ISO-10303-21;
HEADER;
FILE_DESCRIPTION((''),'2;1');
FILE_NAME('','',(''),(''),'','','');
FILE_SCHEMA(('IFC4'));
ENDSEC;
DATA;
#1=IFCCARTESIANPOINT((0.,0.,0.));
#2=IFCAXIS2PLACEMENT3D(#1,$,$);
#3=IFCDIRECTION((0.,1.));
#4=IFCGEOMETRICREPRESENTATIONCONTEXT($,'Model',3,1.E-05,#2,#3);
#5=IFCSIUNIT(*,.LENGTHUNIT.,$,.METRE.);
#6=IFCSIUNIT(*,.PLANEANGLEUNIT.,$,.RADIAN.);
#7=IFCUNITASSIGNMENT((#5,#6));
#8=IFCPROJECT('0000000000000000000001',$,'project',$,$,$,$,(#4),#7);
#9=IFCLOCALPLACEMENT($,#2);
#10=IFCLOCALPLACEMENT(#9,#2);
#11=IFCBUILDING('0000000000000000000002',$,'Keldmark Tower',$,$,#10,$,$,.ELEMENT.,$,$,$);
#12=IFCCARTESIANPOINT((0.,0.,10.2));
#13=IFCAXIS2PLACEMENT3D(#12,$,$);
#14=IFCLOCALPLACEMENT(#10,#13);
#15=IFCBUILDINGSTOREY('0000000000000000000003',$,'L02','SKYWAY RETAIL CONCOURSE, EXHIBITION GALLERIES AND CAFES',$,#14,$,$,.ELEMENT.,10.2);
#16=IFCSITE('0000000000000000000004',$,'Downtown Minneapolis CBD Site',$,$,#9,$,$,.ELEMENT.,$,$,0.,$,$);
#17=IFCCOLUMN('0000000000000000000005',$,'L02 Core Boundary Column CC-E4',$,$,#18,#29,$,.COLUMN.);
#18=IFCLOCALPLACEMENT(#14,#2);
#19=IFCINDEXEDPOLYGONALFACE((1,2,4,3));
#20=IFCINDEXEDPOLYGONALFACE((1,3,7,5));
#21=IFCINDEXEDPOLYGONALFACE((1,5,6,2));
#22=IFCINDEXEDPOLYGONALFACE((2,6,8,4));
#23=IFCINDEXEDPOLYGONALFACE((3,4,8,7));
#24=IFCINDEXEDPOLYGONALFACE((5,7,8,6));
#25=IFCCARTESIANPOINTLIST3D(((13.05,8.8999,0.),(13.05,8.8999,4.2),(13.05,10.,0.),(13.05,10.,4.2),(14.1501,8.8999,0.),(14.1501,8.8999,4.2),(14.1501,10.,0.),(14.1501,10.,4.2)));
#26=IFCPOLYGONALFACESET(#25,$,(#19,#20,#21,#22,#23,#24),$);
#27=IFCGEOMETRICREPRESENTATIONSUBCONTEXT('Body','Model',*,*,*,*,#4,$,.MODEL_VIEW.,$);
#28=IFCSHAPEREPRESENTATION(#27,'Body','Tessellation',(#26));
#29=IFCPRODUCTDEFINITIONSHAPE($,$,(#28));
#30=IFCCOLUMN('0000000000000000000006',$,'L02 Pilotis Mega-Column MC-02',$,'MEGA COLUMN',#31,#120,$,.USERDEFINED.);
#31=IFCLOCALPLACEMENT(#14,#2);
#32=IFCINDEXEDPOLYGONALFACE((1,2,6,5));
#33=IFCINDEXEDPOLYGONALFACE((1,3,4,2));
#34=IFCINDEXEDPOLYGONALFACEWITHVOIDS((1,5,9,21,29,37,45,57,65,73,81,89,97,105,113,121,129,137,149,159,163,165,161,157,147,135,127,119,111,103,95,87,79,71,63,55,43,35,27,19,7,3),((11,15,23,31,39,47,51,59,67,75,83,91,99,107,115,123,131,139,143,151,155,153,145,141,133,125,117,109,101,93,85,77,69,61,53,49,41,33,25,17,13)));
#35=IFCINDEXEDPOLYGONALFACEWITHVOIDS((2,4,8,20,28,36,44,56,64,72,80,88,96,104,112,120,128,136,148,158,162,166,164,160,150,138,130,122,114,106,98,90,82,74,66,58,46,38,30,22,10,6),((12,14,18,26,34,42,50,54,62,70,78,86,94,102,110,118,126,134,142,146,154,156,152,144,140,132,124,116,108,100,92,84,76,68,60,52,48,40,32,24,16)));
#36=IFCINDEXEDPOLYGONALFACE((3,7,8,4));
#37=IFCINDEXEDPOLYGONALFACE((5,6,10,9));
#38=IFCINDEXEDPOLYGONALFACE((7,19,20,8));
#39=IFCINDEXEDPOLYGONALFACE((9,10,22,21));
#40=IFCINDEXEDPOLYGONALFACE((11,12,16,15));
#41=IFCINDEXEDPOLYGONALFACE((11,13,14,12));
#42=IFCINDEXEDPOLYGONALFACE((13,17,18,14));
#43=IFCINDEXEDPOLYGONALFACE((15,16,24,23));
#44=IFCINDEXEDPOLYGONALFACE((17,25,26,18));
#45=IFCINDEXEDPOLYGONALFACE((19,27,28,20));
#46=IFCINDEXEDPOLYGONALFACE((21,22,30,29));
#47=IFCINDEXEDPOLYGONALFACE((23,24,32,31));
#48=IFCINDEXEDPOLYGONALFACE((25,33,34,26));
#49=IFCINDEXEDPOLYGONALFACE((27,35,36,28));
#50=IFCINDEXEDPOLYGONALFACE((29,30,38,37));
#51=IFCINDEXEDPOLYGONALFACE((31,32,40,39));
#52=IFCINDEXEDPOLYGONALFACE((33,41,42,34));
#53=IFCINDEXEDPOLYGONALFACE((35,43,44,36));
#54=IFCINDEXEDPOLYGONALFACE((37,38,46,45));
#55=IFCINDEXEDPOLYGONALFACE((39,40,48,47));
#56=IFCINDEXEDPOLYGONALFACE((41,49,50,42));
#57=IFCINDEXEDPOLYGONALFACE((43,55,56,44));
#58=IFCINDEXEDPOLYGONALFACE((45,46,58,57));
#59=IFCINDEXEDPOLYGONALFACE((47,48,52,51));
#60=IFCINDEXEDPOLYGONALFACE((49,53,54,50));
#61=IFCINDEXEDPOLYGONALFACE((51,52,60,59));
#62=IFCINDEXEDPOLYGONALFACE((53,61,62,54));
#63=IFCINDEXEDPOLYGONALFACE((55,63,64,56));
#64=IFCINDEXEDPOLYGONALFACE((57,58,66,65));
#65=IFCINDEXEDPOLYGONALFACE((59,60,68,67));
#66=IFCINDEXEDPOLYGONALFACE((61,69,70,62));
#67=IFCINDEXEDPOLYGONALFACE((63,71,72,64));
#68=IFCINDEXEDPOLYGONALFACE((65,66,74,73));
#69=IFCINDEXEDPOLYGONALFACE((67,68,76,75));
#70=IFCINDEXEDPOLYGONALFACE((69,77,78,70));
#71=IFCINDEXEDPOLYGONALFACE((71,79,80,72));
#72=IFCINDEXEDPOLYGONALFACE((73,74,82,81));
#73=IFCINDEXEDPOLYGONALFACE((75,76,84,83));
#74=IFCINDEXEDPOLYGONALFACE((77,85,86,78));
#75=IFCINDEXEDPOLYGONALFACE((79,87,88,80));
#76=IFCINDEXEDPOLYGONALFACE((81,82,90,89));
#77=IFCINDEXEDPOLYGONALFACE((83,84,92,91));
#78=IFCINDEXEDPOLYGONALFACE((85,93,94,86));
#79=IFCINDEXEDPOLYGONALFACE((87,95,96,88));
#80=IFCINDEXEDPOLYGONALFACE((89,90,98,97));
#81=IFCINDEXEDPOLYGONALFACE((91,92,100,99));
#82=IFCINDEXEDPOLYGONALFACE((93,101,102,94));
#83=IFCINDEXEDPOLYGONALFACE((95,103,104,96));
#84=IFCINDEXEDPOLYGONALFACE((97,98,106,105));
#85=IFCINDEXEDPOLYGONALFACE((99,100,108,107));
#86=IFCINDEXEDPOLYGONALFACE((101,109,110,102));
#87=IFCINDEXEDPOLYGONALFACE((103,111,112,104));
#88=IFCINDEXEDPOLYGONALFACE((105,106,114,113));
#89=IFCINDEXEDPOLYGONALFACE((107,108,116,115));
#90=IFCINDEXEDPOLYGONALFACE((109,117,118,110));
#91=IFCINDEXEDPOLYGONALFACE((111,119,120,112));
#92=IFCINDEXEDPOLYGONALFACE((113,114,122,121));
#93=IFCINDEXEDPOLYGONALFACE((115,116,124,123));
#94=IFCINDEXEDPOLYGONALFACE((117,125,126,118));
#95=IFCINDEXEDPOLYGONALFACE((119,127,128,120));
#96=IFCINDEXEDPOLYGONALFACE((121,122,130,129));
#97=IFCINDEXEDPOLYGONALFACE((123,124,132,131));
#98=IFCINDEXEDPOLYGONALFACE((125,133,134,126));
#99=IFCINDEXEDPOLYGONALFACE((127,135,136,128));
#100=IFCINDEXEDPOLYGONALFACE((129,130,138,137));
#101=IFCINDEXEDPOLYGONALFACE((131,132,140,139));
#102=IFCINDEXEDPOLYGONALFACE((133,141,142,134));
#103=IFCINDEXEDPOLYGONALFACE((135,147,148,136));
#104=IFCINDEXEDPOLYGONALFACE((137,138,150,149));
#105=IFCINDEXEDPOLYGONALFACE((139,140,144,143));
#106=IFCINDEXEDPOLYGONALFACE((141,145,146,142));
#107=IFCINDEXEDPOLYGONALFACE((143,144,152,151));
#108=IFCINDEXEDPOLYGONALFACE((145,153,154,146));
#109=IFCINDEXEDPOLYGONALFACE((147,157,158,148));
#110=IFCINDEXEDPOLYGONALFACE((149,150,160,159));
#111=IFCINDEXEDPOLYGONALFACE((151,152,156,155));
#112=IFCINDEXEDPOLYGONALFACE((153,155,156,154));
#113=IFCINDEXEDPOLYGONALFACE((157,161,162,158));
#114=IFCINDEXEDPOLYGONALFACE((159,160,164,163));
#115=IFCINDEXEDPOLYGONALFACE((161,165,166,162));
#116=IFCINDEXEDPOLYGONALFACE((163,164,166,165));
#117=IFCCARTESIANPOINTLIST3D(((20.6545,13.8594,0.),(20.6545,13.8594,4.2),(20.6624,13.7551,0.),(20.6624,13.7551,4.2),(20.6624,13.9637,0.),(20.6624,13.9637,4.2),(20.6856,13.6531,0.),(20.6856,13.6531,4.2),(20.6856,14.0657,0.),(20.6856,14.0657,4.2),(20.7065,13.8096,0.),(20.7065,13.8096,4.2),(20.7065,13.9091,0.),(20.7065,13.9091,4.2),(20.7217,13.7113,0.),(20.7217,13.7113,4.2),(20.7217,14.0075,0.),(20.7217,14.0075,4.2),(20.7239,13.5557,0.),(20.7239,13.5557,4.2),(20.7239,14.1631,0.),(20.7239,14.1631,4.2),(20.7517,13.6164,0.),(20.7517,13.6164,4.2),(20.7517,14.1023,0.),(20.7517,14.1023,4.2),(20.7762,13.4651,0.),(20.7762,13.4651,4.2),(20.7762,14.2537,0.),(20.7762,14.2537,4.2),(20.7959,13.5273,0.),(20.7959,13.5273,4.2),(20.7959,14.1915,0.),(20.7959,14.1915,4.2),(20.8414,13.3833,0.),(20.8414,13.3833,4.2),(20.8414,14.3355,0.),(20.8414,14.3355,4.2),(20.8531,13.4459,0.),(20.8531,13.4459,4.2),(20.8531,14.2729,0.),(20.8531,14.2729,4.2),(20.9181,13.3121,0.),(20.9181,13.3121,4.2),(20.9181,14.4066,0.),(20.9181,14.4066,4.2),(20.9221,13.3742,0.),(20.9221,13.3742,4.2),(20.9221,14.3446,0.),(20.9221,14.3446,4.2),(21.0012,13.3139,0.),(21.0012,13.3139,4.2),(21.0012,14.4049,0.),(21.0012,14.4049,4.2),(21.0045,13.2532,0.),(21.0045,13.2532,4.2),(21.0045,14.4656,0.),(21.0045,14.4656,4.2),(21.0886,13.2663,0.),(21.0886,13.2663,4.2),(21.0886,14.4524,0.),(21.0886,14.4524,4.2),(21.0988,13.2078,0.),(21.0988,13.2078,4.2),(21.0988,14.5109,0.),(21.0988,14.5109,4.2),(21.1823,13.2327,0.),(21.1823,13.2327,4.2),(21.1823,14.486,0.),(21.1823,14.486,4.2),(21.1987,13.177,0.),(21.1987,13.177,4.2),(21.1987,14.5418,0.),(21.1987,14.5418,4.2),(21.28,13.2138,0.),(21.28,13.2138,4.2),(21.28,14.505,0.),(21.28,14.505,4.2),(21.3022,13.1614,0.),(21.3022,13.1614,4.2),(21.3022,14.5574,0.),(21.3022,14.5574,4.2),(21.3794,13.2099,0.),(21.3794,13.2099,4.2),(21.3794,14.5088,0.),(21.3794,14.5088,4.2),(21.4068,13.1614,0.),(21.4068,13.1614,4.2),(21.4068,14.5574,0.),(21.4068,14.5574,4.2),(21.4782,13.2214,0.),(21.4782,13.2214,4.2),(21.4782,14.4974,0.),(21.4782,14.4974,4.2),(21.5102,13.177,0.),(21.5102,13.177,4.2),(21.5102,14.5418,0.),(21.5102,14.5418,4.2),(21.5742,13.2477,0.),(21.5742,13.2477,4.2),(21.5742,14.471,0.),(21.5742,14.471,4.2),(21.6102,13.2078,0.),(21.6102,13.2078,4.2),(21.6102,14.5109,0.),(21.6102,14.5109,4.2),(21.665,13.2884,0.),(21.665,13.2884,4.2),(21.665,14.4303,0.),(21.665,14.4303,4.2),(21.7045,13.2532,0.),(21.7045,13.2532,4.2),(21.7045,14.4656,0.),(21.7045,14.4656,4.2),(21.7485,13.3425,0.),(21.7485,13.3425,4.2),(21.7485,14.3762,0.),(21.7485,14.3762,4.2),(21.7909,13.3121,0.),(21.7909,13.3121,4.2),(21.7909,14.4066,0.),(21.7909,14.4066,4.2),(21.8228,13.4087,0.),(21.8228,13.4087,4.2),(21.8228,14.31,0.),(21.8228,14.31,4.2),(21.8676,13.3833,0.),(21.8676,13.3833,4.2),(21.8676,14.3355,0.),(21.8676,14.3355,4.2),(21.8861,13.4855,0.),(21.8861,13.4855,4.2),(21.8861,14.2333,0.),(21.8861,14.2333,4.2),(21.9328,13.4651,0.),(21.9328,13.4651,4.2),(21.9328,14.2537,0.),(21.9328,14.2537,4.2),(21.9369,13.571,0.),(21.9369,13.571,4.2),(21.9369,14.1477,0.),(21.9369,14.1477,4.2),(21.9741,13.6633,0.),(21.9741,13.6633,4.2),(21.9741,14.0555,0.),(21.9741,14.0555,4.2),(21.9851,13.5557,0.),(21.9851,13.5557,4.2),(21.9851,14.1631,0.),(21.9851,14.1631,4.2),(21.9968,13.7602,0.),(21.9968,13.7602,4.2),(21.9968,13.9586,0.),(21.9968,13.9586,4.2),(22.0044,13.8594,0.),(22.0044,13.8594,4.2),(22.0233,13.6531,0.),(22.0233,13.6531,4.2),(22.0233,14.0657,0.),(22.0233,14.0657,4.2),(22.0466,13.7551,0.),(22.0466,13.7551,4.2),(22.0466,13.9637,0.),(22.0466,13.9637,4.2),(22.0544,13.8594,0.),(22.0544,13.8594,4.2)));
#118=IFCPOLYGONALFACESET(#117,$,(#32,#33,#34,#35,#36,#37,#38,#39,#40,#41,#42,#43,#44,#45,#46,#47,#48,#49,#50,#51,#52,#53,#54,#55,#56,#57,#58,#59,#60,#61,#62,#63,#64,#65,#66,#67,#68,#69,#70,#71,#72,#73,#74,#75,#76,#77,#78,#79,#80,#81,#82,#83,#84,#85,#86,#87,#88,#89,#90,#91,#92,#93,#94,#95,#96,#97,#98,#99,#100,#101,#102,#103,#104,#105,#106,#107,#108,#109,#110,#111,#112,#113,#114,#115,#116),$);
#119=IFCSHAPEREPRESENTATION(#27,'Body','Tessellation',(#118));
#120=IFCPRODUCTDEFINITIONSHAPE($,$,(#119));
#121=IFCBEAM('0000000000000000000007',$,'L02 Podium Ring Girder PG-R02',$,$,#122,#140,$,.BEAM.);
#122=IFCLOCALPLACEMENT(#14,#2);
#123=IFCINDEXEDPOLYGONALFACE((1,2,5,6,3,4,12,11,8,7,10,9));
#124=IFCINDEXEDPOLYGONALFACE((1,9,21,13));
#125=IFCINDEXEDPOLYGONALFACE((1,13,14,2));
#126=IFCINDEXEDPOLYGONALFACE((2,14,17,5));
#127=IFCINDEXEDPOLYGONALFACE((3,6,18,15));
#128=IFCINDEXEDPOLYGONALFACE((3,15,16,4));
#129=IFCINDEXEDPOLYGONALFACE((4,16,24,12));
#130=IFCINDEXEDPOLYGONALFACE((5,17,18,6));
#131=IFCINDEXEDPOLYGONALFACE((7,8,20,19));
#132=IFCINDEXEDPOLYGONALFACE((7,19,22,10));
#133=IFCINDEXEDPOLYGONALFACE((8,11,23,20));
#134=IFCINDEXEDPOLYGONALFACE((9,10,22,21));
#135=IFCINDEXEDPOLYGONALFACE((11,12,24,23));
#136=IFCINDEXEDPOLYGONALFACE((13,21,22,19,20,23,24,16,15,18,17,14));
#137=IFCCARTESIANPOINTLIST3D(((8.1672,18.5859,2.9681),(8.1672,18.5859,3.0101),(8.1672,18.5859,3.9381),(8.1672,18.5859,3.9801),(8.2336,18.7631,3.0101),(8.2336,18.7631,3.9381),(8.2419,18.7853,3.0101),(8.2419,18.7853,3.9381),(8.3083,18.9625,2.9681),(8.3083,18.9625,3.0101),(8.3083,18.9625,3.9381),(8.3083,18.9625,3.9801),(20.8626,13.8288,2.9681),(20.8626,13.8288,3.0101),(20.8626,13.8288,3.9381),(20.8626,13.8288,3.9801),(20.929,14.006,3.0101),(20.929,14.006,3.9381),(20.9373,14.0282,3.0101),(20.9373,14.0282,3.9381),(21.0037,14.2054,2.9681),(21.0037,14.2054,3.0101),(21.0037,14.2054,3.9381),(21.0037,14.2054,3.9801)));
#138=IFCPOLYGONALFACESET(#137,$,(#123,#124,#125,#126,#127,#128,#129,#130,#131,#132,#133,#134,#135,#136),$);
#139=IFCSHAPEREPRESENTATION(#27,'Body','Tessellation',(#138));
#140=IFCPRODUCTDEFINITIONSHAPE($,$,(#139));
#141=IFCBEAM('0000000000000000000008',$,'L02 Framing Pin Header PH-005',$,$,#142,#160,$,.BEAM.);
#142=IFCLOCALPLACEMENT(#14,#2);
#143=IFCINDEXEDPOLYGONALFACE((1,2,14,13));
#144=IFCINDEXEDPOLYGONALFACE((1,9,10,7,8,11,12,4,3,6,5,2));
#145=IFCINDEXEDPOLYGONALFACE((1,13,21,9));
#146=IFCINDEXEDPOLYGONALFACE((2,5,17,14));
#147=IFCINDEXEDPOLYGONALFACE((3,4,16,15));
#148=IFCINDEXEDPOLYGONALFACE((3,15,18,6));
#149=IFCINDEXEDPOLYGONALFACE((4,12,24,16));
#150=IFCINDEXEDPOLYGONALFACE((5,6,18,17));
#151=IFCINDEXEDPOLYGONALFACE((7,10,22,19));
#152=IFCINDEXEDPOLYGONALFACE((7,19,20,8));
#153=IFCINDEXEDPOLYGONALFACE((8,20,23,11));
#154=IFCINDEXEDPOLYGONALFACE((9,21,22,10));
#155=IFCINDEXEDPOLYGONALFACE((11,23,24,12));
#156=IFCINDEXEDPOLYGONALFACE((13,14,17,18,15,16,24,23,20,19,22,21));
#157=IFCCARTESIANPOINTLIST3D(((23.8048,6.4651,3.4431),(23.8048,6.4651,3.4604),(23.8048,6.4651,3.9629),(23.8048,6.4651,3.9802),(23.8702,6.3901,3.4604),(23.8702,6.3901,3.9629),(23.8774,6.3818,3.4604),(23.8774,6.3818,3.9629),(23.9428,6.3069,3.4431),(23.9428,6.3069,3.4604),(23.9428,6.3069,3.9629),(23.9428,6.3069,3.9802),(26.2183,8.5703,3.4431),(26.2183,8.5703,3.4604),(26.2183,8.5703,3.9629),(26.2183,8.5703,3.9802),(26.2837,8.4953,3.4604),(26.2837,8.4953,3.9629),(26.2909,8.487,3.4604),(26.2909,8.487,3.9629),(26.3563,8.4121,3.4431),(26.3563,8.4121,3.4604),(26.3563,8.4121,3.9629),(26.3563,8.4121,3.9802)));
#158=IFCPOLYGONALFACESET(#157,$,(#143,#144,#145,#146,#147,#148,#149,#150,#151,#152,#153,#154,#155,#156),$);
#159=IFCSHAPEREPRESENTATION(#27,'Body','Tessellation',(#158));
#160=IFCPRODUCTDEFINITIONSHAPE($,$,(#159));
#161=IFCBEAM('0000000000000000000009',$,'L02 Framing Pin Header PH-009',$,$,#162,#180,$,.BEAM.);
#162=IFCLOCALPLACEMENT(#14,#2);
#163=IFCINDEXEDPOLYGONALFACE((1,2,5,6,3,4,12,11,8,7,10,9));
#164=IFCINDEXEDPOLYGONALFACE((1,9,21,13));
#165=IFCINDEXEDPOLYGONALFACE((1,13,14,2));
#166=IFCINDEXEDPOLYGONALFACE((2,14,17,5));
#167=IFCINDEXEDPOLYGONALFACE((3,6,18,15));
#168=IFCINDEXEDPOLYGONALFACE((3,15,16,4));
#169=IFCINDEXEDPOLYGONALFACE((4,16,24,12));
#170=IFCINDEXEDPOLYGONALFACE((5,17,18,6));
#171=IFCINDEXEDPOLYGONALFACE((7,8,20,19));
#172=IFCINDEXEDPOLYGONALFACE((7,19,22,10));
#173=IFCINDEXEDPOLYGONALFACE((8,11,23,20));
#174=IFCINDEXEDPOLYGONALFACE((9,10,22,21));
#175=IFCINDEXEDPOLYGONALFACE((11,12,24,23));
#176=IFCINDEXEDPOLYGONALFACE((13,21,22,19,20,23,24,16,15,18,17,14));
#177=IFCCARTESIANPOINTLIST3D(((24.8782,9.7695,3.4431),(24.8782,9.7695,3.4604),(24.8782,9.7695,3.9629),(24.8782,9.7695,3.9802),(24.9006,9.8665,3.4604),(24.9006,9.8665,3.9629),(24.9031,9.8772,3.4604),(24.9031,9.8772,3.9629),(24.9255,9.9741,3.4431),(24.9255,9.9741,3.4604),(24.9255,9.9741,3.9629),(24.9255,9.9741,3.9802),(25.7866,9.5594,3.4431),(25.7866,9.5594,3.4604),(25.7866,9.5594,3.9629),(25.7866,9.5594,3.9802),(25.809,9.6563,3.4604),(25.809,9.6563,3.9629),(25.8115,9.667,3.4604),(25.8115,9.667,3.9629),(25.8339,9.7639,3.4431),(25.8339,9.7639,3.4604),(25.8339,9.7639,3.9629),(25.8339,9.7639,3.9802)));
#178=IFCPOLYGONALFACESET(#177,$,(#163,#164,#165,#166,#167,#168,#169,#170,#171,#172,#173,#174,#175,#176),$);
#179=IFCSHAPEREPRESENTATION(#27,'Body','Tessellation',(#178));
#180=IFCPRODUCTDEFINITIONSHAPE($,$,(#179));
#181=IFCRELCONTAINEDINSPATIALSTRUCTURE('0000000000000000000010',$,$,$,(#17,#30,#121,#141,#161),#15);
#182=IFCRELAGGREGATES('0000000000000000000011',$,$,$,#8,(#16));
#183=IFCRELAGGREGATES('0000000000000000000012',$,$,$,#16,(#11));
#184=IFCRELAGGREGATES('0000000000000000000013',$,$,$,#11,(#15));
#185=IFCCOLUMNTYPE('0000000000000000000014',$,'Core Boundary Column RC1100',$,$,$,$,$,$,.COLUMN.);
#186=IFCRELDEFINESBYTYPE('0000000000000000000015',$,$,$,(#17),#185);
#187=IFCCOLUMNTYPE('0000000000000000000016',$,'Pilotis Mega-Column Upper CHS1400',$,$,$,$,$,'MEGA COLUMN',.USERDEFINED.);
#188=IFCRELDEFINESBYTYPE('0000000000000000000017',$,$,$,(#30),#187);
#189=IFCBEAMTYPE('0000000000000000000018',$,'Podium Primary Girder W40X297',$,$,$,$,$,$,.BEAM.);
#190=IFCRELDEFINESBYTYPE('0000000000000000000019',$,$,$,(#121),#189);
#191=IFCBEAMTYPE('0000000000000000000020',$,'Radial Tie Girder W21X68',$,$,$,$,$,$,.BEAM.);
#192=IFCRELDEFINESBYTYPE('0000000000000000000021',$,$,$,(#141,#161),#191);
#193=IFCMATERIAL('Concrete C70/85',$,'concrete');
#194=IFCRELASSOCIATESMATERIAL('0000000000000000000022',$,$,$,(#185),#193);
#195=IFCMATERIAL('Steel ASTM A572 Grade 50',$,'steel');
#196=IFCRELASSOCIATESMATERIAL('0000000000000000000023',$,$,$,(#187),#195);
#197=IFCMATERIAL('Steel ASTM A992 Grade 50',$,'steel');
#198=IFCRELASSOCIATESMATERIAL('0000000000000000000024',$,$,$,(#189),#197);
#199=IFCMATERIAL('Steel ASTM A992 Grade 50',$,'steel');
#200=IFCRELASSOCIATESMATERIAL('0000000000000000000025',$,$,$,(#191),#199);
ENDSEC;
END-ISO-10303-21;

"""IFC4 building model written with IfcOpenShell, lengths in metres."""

from ifc_helpers import new_model, si_unit, direction, frame, origin, origin_2d, place, context, subcontext, project, spatial, rectangle, hollow_circle, i_section, extrude, material, material_profile, profile_set, type_object, element, save


model = new_model("IFC4")

# Units and contexts
model_context = context("Model", 3, precision=1e-05, world=origin(), true_north=direction((0.0, 1.0)))
body_context = subcontext(model_context, "Body", "Model", "MODEL_VIEW")
ifc_project = project(units=[si_unit("LENGTHUNIT", "METRE"), si_unit("PLANEANGLEUNIT", "RADIAN")], contexts=[model_context])

# Site, building, storey
site_placement = place(None, origin())
site = spatial("IfcSite", under=ifc_project, at=site_placement, Name="Downtown Minneapolis CBD Site", CompositionType="ELEMENT", RefElevation=0.0)
building_placement = place(site_placement, origin())
building = spatial("IfcBuilding", under=site, at=building_placement, Name="Keldmark Tower", CompositionType="ELEMENT")
storey_placement = place(building_placement, frame((0.0, 0.0, 10.2)))
storey = spatial("IfcBuildingStorey", under=building, at=storey_placement, Name="L02", Description="SKYWAY RETAIL CONCOURSE, EXHIBITION GALLERIES AND CAFES", CompositionType="ELEMENT", Elevation=10.2)

# Columns
ifc_material_1 = material(Name="Concrete C70/85", Category="concrete")
ifc_material_profile_1 = material_profile(ifc_material_1, rectangle(XDim=1.1001, YDim=1.1001, at=origin_2d()), Name="RC1100X1100")
ifc_profile_set_1 = profile_set([ifc_material_profile_1], Name="Concrete C70/85")
column_type_1 = type_object("IfcColumnType", Name="Core Boundary Column RC1100", PredefinedType="COLUMN", material=ifc_profile_set_1)
column_1_placement = place(storey_placement, frame((13.6001, 9.45, 0.0), z_axis=(0.0, 0.0, 1.0), x_axis=(1.0, 0.0, 0.0)))
element("IfcColumn", 1, at=column_1_placement, inside=storey, type_object=column_type_1, Name="L02 Core Boundary Column CC-E4", PredefinedType="COLUMN", context=body_context, shape_type="SweptSolid", body=[
    extrude(rectangle(XDim=1.1001, YDim=1.1001, at=origin_2d()), origin(), (0.0, 0.0, 1.0), 4.2),
])
ifc_material_2 = material(Name="Steel ASTM A572 Grade 50", Category="steel")
ifc_material_profile_2 = material_profile(ifc_material_2, hollow_circle(Radius=0.7, WallThickness=0.05, at=origin_2d()), Name="CHS1400X50")
ifc_profile_set_2 = profile_set([ifc_material_profile_2], Name="Steel ASTM A572 Grade 50")
column_type_2 = type_object("IfcColumnType", Name="Pilotis Mega-Column Upper CHS1400", ElementType="MEGA COLUMN", PredefinedType="USERDEFINED", material=ifc_profile_set_2)
column_2_placement = place(storey_placement, frame((21.3545, 13.8594, 0.0), z_axis=(0.0, 0.0, 1.0), x_axis=(1.0, 0.0, 0.0)))
element("IfcColumn", 2, at=column_2_placement, inside=storey, type_object=column_type_2, Name="L02 Pilotis Mega-Column MC-02", ObjectType="MEGA COLUMN", PredefinedType="USERDEFINED", context=body_context, shape_type="SweptSolid", body=[
    extrude(hollow_circle(Radius=0.7, WallThickness=0.05, at=origin_2d()), origin(), (0.0, 0.0, 1.0), 4.2),
])

# Beams
ifc_material_3 = material(Name="Steel ASTM A992 Grade 50", Category="steel")
ifc_material_profile_3 = material_profile(ifc_material_3, i_section(OverallWidth=0.4021, OverallDepth=1.012, WebThickness=0.0237, FlangeThickness=0.042, at=origin_2d()), Name="W40X297")
ifc_profile_set_3 = profile_set([ifc_material_profile_3], Name="Steel ASTM A992 Grade 50")
beam_type_1 = type_object("IfcBeamType", Name="Podium Primary Girder W40X297", PredefinedType="BEAM", material=ifc_profile_set_3)
beam_1_placement = place(storey_placement, frame((20.9331, 14.0171, 3.4741), z_axis=(-0.936418, 0.350887, 0.0), x_axis=(-0.350887, -0.936418, 0.0)))
element("IfcBeam", 3, at=beam_1_placement, inside=storey, type_object=beam_type_1, Name="L02 Podium Ring Girder PG-R02", PredefinedType="BEAM", context=body_context, shape_type="SweptSolid", body=[
    extrude(i_section(OverallWidth=0.4021, OverallDepth=1.012, WebThickness=0.0237, FlangeThickness=0.042, at=origin_2d()), origin(), (0.0, 0.0, 1.0), 13.5574),
])
ifc_material_4 = material(Name="Steel ASTM A992 Grade 50", Category="steel")
ifc_material_profile_4 = material_profile(ifc_material_4, i_section(OverallWidth=0.21, OverallDepth=0.5371, WebThickness=0.011, FlangeThickness=0.0173, at=origin_2d()), Name="W21X68")
ifc_profile_set_4 = profile_set([ifc_material_profile_4], Name="Steel ASTM A992 Grade 50")
beam_type_2 = type_object("IfcBeamType", Name="Radial Tie Girder W21X68", PredefinedType="BEAM", material=ifc_profile_set_4)
beam_2_placement = place(storey_placement, frame((23.8738, 6.386, 3.7117), z_axis=(0.753605, 0.657327, 0.0), x_axis=(-0.657327, 0.753605, 0.0)))
element("IfcBeam", 4, at=beam_2_placement, inside=storey, type_object=beam_type_2, Name="L02 Framing Pin Header PH-005", PredefinedType="BEAM", context=body_context, shape_type="SweptSolid", body=[
    extrude(i_section(OverallWidth=0.21, OverallDepth=0.5371, WebThickness=0.011, FlangeThickness=0.0173, at=origin_2d()), origin(), (0.0, 0.0, 1.0), 3.2026),
])
beam_3_placement = place(storey_placement, frame((24.9019, 9.8718, 3.7117), z_axis=(0.974259, -0.225433, 0.0), x_axis=(0.225433, 0.974259, 0.0)))
element("IfcBeam", 5, at=beam_3_placement, inside=storey, type_object=beam_type_2, Name="L02 Framing Pin Header PH-009", PredefinedType="BEAM", context=body_context, shape_type="SweptSolid", body=[
    extrude(i_section(OverallWidth=0.21, OverallDepth=0.5371, WebThickness=0.011, FlangeThickness=0.0173, at=origin_2d()), origin(), (0.0, 0.0, 1.0), 0.9324),
])

save(model, "model.ifc")
